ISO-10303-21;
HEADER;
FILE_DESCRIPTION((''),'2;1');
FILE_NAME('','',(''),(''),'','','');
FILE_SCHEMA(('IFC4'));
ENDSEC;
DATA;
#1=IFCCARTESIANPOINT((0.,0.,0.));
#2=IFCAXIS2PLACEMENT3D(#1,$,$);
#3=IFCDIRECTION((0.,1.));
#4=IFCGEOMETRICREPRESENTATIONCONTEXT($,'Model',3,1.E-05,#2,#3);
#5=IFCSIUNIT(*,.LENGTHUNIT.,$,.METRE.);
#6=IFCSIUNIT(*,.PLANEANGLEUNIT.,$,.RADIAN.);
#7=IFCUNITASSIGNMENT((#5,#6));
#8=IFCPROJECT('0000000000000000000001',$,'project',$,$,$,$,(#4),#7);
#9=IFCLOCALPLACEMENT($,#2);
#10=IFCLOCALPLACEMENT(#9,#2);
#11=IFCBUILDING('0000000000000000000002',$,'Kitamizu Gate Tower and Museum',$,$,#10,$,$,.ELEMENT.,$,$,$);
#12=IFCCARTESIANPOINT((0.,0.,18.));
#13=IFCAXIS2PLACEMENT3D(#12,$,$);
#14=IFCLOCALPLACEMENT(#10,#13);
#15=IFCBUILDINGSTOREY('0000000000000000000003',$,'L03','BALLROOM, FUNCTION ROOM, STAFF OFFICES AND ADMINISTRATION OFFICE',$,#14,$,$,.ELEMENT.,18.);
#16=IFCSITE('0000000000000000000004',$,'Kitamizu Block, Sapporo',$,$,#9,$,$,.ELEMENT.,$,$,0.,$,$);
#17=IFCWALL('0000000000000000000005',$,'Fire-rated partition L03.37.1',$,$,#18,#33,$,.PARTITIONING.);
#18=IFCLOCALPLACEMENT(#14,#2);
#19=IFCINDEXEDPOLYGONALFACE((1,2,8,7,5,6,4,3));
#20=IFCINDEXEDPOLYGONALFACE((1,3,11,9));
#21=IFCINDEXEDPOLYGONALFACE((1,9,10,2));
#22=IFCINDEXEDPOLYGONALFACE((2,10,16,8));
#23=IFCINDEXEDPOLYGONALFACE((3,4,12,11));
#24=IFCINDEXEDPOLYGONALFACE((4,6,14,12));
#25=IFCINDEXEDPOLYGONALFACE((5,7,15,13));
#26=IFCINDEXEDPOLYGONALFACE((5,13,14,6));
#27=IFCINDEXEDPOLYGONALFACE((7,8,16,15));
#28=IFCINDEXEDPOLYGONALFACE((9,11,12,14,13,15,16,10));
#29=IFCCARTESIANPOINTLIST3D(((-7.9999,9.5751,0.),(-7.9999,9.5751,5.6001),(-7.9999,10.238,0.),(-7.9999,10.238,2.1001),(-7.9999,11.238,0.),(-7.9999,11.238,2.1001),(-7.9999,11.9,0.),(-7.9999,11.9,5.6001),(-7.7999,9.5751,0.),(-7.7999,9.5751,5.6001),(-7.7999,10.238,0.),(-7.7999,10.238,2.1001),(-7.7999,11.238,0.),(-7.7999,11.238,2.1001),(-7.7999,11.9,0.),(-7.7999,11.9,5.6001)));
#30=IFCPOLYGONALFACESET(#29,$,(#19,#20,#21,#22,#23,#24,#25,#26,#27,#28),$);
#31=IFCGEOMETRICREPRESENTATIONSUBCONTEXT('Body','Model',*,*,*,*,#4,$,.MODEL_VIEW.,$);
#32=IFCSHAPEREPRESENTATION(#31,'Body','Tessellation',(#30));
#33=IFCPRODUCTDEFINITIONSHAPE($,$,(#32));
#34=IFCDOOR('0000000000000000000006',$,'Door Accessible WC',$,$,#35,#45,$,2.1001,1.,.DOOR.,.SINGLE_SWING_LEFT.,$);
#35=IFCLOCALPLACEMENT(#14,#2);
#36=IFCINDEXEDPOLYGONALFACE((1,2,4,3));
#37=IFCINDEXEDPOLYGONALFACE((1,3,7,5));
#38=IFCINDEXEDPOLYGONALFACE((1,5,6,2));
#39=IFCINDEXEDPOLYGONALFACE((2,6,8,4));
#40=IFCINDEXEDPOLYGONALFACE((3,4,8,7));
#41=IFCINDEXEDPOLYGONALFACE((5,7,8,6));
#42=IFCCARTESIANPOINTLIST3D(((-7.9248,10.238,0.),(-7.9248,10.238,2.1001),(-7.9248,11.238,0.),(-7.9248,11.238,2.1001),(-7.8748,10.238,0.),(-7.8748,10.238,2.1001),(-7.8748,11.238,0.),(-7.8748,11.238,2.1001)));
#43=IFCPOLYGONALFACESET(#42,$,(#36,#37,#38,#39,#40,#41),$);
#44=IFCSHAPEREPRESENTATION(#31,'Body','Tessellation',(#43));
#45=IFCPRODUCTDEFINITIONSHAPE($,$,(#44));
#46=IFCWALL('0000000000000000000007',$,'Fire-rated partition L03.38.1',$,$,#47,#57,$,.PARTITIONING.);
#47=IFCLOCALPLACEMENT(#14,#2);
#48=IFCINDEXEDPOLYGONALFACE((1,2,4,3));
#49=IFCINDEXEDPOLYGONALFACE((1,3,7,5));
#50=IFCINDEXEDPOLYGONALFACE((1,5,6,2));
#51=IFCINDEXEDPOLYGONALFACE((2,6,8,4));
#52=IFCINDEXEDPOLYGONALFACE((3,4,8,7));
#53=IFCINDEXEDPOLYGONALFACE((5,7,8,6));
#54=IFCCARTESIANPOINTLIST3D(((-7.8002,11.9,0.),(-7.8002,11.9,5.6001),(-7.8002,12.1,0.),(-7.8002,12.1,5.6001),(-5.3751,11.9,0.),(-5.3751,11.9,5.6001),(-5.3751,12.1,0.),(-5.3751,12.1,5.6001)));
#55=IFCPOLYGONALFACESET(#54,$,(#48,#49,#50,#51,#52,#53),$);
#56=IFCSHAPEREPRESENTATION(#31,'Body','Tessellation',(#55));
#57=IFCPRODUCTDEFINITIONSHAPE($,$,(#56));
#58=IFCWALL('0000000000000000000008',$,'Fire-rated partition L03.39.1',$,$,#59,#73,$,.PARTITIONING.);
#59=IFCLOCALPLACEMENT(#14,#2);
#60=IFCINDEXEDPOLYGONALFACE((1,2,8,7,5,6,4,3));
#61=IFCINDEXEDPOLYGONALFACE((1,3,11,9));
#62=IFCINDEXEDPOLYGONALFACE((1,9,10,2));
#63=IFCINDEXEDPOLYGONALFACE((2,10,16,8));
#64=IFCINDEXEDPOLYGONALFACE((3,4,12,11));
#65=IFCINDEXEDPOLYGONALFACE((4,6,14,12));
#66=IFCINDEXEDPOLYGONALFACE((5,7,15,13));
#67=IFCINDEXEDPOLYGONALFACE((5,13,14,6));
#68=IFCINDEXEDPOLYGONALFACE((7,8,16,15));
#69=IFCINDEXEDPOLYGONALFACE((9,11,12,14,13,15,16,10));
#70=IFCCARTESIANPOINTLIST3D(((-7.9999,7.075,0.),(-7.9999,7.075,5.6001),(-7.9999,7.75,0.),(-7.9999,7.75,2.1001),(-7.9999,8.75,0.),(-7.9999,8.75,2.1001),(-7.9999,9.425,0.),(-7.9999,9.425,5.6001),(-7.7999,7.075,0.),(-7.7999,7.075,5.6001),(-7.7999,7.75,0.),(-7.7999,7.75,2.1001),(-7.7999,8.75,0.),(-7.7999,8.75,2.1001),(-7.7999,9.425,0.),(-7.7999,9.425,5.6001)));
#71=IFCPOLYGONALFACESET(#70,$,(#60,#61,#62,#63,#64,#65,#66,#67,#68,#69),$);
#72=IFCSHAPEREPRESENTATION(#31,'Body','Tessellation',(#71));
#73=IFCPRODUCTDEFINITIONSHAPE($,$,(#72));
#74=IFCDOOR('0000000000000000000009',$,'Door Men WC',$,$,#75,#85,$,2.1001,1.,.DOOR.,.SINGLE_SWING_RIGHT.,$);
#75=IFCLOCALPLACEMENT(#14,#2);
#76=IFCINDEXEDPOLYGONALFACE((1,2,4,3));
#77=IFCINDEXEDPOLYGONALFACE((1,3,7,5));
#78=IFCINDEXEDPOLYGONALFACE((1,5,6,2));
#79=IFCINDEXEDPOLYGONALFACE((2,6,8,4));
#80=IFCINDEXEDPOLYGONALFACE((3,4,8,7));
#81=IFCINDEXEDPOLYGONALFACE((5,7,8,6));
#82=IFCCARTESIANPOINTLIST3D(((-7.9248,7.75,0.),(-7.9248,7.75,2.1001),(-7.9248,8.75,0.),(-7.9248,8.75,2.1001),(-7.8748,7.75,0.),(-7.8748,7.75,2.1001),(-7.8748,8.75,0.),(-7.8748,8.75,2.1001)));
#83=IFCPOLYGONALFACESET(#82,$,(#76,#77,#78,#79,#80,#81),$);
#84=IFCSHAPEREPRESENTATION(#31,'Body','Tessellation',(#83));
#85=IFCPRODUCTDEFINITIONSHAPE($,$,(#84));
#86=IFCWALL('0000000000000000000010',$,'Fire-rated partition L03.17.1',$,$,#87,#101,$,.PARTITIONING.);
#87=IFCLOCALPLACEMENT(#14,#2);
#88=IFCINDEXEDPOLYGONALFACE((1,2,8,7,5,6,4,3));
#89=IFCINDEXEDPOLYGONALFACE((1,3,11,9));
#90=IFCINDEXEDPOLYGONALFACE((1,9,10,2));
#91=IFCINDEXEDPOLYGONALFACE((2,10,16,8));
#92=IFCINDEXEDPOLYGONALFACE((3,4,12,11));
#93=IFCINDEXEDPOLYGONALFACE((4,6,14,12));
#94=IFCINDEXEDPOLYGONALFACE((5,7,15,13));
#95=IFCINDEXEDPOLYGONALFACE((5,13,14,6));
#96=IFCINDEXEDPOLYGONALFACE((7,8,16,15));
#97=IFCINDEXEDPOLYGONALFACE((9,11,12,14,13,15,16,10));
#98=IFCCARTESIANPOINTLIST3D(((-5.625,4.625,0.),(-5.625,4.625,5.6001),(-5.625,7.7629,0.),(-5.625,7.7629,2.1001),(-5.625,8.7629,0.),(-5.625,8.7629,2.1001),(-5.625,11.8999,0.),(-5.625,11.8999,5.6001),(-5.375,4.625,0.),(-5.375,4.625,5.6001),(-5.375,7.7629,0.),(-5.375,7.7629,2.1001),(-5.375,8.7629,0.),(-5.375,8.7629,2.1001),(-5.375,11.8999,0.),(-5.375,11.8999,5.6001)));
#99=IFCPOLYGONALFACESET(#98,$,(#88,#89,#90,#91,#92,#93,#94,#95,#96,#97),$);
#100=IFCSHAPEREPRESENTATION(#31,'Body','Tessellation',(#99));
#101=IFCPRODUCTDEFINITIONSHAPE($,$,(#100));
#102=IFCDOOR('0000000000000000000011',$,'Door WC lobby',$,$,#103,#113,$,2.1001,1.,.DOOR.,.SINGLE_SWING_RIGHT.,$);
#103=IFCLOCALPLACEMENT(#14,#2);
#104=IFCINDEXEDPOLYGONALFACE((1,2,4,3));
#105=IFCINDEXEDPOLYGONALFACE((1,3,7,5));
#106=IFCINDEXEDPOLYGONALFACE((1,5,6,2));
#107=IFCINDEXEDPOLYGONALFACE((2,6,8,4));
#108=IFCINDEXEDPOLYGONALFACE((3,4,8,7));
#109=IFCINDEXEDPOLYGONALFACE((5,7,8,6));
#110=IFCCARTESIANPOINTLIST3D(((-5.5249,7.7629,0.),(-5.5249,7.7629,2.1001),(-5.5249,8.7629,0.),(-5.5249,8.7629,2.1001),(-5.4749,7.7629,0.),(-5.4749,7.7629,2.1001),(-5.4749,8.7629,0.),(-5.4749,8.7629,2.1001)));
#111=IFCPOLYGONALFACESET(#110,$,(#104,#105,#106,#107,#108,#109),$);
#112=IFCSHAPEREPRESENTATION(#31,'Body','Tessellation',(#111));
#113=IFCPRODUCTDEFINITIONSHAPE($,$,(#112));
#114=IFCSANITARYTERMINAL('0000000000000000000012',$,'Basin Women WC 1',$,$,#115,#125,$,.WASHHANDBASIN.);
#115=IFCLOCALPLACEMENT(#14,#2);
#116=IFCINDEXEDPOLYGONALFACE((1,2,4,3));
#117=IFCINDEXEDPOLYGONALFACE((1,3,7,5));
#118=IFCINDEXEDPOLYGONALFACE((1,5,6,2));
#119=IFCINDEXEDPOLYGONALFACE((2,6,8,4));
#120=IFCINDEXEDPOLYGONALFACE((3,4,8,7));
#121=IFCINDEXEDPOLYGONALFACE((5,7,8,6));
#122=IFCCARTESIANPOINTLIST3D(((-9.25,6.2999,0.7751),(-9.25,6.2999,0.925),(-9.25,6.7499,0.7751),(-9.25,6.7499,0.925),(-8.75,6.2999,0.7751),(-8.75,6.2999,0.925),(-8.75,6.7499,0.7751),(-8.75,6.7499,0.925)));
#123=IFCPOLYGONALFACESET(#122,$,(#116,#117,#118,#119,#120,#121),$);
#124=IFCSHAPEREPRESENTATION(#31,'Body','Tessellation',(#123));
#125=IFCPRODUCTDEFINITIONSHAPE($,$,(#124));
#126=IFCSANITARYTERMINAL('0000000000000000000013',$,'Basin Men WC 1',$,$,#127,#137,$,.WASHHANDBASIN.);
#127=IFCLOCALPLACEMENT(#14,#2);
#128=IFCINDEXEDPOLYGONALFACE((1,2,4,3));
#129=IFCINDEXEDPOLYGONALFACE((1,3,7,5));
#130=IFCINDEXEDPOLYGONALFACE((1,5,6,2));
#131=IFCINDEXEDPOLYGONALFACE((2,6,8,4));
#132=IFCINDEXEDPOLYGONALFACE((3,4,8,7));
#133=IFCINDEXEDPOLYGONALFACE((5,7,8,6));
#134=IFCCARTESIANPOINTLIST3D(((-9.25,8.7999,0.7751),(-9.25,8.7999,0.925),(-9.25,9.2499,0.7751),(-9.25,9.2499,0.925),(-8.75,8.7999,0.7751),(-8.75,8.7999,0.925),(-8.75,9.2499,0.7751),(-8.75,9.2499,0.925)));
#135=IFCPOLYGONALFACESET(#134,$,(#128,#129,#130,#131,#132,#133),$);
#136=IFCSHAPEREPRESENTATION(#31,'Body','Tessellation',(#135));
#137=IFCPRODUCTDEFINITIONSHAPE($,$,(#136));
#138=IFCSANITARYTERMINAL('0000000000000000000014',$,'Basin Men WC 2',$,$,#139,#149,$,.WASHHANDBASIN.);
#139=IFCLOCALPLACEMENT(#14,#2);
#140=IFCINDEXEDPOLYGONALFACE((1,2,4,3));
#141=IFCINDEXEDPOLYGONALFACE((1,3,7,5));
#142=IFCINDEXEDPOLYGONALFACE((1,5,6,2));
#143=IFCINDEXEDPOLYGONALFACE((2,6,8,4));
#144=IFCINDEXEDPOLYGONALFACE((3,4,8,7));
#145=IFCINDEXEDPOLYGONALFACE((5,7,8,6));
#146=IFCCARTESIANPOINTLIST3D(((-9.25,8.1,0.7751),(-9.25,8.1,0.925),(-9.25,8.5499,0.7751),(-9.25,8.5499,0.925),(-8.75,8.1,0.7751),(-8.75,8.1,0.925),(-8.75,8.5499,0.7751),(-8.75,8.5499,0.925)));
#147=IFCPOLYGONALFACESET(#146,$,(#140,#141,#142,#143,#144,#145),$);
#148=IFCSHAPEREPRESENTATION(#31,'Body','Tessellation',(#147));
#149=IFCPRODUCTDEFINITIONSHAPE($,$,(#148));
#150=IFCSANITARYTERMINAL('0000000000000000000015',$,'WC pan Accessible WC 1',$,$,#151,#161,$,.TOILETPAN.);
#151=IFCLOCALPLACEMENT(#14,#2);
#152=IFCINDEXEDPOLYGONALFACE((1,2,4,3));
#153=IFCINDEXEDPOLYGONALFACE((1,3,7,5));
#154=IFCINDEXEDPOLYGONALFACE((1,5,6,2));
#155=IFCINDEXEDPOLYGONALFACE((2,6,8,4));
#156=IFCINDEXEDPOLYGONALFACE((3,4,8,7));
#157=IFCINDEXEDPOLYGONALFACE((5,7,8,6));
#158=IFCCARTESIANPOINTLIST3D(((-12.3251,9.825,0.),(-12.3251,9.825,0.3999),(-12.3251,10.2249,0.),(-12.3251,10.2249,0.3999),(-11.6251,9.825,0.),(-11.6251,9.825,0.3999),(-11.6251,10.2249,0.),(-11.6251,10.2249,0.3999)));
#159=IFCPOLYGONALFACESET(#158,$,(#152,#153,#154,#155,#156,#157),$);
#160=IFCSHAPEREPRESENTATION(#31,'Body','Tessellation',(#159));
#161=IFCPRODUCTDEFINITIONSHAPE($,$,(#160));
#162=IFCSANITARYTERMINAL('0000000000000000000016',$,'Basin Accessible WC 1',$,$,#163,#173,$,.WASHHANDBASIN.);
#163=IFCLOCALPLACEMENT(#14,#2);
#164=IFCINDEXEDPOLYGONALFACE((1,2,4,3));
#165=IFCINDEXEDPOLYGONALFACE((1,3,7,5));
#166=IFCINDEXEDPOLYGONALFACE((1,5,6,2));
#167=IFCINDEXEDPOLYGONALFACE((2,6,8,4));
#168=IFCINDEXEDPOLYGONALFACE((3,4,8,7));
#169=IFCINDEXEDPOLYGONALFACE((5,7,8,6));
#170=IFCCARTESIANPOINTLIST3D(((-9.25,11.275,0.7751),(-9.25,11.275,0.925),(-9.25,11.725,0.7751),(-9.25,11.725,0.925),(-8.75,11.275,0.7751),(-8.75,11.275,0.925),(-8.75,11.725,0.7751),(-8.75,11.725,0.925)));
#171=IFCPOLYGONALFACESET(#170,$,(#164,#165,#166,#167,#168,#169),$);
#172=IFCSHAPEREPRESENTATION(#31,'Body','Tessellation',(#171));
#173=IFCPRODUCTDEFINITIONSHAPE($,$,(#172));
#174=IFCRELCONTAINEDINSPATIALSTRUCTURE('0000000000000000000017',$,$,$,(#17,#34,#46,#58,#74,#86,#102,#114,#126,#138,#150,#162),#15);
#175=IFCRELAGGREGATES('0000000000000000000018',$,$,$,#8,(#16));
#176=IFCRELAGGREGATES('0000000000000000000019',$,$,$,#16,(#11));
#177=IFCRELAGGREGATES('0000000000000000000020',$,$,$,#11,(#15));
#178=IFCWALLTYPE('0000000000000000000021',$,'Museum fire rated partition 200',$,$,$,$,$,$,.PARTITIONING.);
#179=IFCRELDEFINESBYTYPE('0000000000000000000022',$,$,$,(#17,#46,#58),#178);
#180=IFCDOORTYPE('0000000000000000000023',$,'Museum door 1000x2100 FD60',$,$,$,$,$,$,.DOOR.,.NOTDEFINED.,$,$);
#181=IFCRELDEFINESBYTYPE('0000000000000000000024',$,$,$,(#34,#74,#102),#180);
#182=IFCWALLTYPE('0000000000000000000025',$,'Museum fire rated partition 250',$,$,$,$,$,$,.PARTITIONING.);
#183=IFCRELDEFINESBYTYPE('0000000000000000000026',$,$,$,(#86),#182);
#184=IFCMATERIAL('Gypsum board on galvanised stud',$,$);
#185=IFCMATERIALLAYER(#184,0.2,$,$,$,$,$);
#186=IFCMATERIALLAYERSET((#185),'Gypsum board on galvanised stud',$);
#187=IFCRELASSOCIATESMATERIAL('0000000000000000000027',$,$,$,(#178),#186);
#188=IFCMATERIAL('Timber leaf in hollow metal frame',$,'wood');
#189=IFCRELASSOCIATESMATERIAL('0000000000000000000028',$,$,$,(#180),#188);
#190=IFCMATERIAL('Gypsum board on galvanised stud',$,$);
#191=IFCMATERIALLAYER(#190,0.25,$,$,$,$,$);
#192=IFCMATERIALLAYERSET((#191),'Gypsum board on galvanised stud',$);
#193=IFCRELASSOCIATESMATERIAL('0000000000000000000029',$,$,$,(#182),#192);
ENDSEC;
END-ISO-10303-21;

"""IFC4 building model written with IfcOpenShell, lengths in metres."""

from ifc_helpers import new_model, si_unit, direction, frame, frame_2d, origin, origin_2d, place, context, subcontext, project, spatial, rectangle, extrude, material, layer, layer_set, type_object, element, fill, save


model = new_model("IFC4")

# Units and contexts
model_context = context("Model", 3, precision=1e-05, world=origin(), true_north=direction((0.0, 1.0)))
body_context = subcontext(model_context, "Body", "Model", "MODEL_VIEW")
ifc_project = project(units=[si_unit("LENGTHUNIT", "METRE"), si_unit("PLANEANGLEUNIT", "RADIAN")], contexts=[model_context])

# Site, building, storey
site_placement = place(None, origin())
site = spatial("IfcSite", under=ifc_project, at=site_placement, Name="Kitamizu Block, Sapporo", CompositionType="ELEMENT", RefElevation=0.0)
building_placement = place(site_placement, origin())
building = spatial("IfcBuilding", under=site, at=building_placement, Name="Kitamizu Gate Tower and Museum", CompositionType="ELEMENT")
storey_placement = place(building_placement, frame((0.0, 0.0, 18.0)))
storey = spatial("IfcBuildingStorey", under=building, at=storey_placement, Name="L03", Description="BALLROOM, FUNCTION ROOM, STAFF OFFICES AND ADMINISTRATION OFFICE", CompositionType="ELEMENT", Elevation=18.0)

# Wall, opening, door
ifc_material_1 = material(Name="Gypsum board on galvanised stud")
ifc_layer_1 = layer(ifc_material_1, 0.2)
ifc_layer_set_1 = layer_set([ifc_layer_1], Name="Gypsum board on galvanised stud")
wall_type_1 = type_object("IfcWallType", Name="Museum fire rated partition 200", PredefinedType="PARTITIONING", material=ifc_layer_set_1)
wall_1_placement = place(storey_placement, frame((-7.8999, 9.575, 0.0), z_axis=(0.0, 0.0, 1.0), x_axis=(0.0, 1.0, 0.0)))
wall_1 = element("IfcWall", 1, at=wall_1_placement, inside=storey, type_object=wall_type_1, Name="Fire-rated partition L03.37.1", PredefinedType="PARTITIONING", context=body_context, shape_type="SweptSolid", body=[
    extrude(rectangle(XDim=2.325, YDim=0.2, at=frame_2d((1.1626, 0.0))), origin(), (0.0, 0.0, 1.0), 5.6001),
])
opening_1_placement = place(wall_1_placement, frame((0.6631, 0.0, 0.0)))
opening_1 = element("IfcOpeningElement", 2, at=opening_1_placement, cuts=wall_1, PredefinedType="OPENING", context=body_context, shape_type="SweptSolid", body=[
    extrude(rectangle(XDim=1.0, YDim=2.1001, at=frame_2d((0.5, 1.05))), frame((0.0, 0.1099, 0.0), z_axis=(0.0, -1.0, 0.0), x_axis=(1.0, 0.0, 0.0)), (0.0, 0.0, 1.0), 0.22),
])
ifc_material_2 = material(Name="Timber leaf in hollow metal frame", Category="wood")
door_type = type_object("IfcDoorType", Name="Museum door 1000x2100 FD60", OperationType="NOTDEFINED", PredefinedType="DOOR", material=ifc_material_2)
door_1_placement = place(opening_1_placement, origin())
door_1 = element("IfcDoor", 3, at=door_1_placement, inside=storey, type_object=door_type, Name="Door Accessible WC", OperationType="SINGLE_SWING_LEFT", OverallHeight=2.1001, OverallWidth=1.0, PredefinedType="DOOR", context=body_context, shape_type="SweptSolid", body=[
    extrude(rectangle(XDim=1.0, YDim=2.1001, at=frame_2d((0.5, 1.05))), frame((0.0, 0.0249, 0.0), z_axis=(0.0, -1.0, 0.0), x_axis=(1.0, 0.0, 0.0)), (0.0, 0.0, 1.0), 0.05),
])
fill(opening_1, door_1)

# Wall
wall_2_placement = place(storey_placement, frame((-7.8, 12.0, 0.0), z_axis=(0.0, 0.0, 1.0), x_axis=(1.0, 0.0, 0.0)))
element("IfcWall", 4, at=wall_2_placement, inside=storey, type_object=wall_type_1, Name="Fire-rated partition L03.38.1", PredefinedType="PARTITIONING", context=body_context, shape_type="SweptSolid", body=[
    extrude(rectangle(XDim=2.425, YDim=0.2, at=frame_2d((1.2124, 0.0))), origin(), (0.0, 0.0, 1.0), 5.6001),
])

# Walls, openings, doors
wall_3_placement = place(storey_placement, frame((-7.8999, 7.075, 0.0), z_axis=(0.0, 0.0, 1.0), x_axis=(0.0, 1.0, 0.0)))
wall_3 = element("IfcWall", 5, at=wall_3_placement, inside=storey, type_object=wall_type_1, Name="Fire-rated partition L03.39.1", PredefinedType="PARTITIONING", context=body_context, shape_type="SweptSolid", body=[
    extrude(rectangle(XDim=2.3501, YDim=0.2, at=frame_2d((1.175, 0.0))), origin(), (0.0, 0.0, 1.0), 5.6001),
])
opening_2_placement = place(wall_3_placement, frame((0.675, 0.0, 0.0)))
opening_2 = element("IfcOpeningElement", 6, at=opening_2_placement, cuts=wall_3, PredefinedType="OPENING", context=body_context, shape_type="SweptSolid", body=[
    extrude(rectangle(XDim=1.0, YDim=2.1001, at=frame_2d((0.5, 1.05))), frame((0.0, 0.1099, 0.0), z_axis=(0.0, -1.0, 0.0), x_axis=(1.0, 0.0, 0.0)), (0.0, 0.0, 1.0), 0.22),
])
door_2_placement = place(opening_2_placement, origin())
door_2 = element("IfcDoor", 7, at=door_2_placement, inside=storey, type_object=door_type, Name="Door Men WC", OperationType="SINGLE_SWING_RIGHT", OverallHeight=2.1001, OverallWidth=1.0, PredefinedType="DOOR", context=body_context, shape_type="SweptSolid", body=[
    extrude(rectangle(XDim=1.0, YDim=2.1001, at=frame_2d((0.5, 1.05))), frame((0.0, 0.0249, 0.0), z_axis=(0.0, -1.0, 0.0), x_axis=(1.0, 0.0, 0.0)), (0.0, 0.0, 1.0), 0.05),
])
fill(opening_2, door_2)
ifc_material_3 = material(Name="Gypsum board on galvanised stud")
ifc_layer_2 = layer(ifc_material_3, 0.25)
ifc_layer_set_2 = layer_set([ifc_layer_2], Name="Gypsum board on galvanised stud")
wall_type_2 = type_object("IfcWallType", Name="Museum fire rated partition 250", PredefinedType="PARTITIONING", material=ifc_layer_set_2)
wall_4_placement = place(storey_placement, frame((-5.5, 4.625, 0.0), z_axis=(0.0, 0.0, 1.0), x_axis=(0.0, 1.0, 0.0)))
wall_4 = element("IfcWall", 8, at=wall_4_placement, inside=storey, type_object=wall_type_2, Name="Fire-rated partition L03.17.1", PredefinedType="PARTITIONING", context=body_context, shape_type="SweptSolid", body=[
    extrude(rectangle(XDim=7.2749, YDim=0.25, at=frame_2d((3.6375, 0.0))), origin(), (0.0, 0.0, 1.0), 5.6001),
])
opening_3_placement = place(wall_4_placement, frame((3.1379, 0.0, 0.0)))
opening_3 = element("IfcOpeningElement", 9, at=opening_3_placement, cuts=wall_4, PredefinedType="OPENING", context=body_context, shape_type="SweptSolid", body=[
    extrude(rectangle(XDim=1.0, YDim=2.1001, at=frame_2d((0.5, 1.05))), frame((0.0, 0.135, 0.0), z_axis=(0.0, -1.0, 0.0), x_axis=(1.0, 0.0, 0.0)), (0.0, 0.0, 1.0), 0.27),
])
door_3_placement = place(opening_3_placement, origin())
door_3 = element("IfcDoor", 10, at=door_3_placement, inside=storey, type_object=door_type, Name="Door WC lobby", OperationType="SINGLE_SWING_RIGHT", OverallHeight=2.1001, OverallWidth=1.0, PredefinedType="DOOR", context=body_context, shape_type="SweptSolid", body=[
    extrude(rectangle(XDim=1.0, YDim=2.1001, at=frame_2d((0.5, 1.05))), frame((0.0, 0.0249, 0.0), z_axis=(0.0, -1.0, 0.0), x_axis=(1.0, 0.0, 0.0)), (0.0, 0.0, 1.0), 0.05),
])
fill(opening_3, door_3)

# Sanitary terminals
for number, where, z_axis, x_axis, name in (
    (11, (-9.0, 6.5249, 0.7751), (0.0, 0.0, 1.0), (1.0, 0.0, 0.0), "Basin Women WC 1"),
    (12, (-9.0, 9.0249, 0.7751), (0.0, 0.0, 1.0), (1.0, 0.0, 0.0), "Basin Men WC 1"),
    (13, (-9.0, 8.325, 0.7751), (0.0, 0.0, 1.0), (1.0, 0.0, 0.0), "Basin Men WC 2"),
):
    element("IfcSanitaryTerminal", number, at=place(storey_placement, frame(where, z_axis=z_axis, x_axis=x_axis)), inside=storey, Name=name, PredefinedType="WASHHANDBASIN", context=body_context, shape_type="SweptSolid", body=[
        extrude(rectangle(XDim=0.5, YDim=0.45, at=origin_2d()), origin(), (0.0, 0.0, 1.0), 0.1499),
    ])
sanitary_terminal_1_placement = place(storey_placement, frame((-11.9751, 10.0249, 0.0), z_axis=(0.0, 0.0, 1.0), x_axis=(1.0, 0.0, 0.0)))
element("IfcSanitaryTerminal", 14, at=sanitary_terminal_1_placement, inside=storey, Name="WC pan Accessible WC 1", PredefinedType="TOILETPAN", context=body_context, shape_type="SweptSolid", body=[
    extrude(rectangle(XDim=0.7, YDim=0.3999, at=origin_2d()), origin(), (0.0, 0.0, 1.0), 0.3999),
])
sanitary_terminal_2_placement = place(storey_placement, frame((-9.0, 11.5, 0.7751), z_axis=(0.0, 0.0, 1.0), x_axis=(1.0, 0.0, 0.0)))
element("IfcSanitaryTerminal", 15, at=sanitary_terminal_2_placement, inside=storey, Name="Basin Accessible WC 1", PredefinedType="WASHHANDBASIN", context=body_context, shape_type="SweptSolid", body=[
    extrude(rectangle(XDim=0.5, YDim=0.45, at=origin_2d()), origin(), (0.0, 0.0, 1.0), 0.1499),
])

save(model, "model.ifc")
